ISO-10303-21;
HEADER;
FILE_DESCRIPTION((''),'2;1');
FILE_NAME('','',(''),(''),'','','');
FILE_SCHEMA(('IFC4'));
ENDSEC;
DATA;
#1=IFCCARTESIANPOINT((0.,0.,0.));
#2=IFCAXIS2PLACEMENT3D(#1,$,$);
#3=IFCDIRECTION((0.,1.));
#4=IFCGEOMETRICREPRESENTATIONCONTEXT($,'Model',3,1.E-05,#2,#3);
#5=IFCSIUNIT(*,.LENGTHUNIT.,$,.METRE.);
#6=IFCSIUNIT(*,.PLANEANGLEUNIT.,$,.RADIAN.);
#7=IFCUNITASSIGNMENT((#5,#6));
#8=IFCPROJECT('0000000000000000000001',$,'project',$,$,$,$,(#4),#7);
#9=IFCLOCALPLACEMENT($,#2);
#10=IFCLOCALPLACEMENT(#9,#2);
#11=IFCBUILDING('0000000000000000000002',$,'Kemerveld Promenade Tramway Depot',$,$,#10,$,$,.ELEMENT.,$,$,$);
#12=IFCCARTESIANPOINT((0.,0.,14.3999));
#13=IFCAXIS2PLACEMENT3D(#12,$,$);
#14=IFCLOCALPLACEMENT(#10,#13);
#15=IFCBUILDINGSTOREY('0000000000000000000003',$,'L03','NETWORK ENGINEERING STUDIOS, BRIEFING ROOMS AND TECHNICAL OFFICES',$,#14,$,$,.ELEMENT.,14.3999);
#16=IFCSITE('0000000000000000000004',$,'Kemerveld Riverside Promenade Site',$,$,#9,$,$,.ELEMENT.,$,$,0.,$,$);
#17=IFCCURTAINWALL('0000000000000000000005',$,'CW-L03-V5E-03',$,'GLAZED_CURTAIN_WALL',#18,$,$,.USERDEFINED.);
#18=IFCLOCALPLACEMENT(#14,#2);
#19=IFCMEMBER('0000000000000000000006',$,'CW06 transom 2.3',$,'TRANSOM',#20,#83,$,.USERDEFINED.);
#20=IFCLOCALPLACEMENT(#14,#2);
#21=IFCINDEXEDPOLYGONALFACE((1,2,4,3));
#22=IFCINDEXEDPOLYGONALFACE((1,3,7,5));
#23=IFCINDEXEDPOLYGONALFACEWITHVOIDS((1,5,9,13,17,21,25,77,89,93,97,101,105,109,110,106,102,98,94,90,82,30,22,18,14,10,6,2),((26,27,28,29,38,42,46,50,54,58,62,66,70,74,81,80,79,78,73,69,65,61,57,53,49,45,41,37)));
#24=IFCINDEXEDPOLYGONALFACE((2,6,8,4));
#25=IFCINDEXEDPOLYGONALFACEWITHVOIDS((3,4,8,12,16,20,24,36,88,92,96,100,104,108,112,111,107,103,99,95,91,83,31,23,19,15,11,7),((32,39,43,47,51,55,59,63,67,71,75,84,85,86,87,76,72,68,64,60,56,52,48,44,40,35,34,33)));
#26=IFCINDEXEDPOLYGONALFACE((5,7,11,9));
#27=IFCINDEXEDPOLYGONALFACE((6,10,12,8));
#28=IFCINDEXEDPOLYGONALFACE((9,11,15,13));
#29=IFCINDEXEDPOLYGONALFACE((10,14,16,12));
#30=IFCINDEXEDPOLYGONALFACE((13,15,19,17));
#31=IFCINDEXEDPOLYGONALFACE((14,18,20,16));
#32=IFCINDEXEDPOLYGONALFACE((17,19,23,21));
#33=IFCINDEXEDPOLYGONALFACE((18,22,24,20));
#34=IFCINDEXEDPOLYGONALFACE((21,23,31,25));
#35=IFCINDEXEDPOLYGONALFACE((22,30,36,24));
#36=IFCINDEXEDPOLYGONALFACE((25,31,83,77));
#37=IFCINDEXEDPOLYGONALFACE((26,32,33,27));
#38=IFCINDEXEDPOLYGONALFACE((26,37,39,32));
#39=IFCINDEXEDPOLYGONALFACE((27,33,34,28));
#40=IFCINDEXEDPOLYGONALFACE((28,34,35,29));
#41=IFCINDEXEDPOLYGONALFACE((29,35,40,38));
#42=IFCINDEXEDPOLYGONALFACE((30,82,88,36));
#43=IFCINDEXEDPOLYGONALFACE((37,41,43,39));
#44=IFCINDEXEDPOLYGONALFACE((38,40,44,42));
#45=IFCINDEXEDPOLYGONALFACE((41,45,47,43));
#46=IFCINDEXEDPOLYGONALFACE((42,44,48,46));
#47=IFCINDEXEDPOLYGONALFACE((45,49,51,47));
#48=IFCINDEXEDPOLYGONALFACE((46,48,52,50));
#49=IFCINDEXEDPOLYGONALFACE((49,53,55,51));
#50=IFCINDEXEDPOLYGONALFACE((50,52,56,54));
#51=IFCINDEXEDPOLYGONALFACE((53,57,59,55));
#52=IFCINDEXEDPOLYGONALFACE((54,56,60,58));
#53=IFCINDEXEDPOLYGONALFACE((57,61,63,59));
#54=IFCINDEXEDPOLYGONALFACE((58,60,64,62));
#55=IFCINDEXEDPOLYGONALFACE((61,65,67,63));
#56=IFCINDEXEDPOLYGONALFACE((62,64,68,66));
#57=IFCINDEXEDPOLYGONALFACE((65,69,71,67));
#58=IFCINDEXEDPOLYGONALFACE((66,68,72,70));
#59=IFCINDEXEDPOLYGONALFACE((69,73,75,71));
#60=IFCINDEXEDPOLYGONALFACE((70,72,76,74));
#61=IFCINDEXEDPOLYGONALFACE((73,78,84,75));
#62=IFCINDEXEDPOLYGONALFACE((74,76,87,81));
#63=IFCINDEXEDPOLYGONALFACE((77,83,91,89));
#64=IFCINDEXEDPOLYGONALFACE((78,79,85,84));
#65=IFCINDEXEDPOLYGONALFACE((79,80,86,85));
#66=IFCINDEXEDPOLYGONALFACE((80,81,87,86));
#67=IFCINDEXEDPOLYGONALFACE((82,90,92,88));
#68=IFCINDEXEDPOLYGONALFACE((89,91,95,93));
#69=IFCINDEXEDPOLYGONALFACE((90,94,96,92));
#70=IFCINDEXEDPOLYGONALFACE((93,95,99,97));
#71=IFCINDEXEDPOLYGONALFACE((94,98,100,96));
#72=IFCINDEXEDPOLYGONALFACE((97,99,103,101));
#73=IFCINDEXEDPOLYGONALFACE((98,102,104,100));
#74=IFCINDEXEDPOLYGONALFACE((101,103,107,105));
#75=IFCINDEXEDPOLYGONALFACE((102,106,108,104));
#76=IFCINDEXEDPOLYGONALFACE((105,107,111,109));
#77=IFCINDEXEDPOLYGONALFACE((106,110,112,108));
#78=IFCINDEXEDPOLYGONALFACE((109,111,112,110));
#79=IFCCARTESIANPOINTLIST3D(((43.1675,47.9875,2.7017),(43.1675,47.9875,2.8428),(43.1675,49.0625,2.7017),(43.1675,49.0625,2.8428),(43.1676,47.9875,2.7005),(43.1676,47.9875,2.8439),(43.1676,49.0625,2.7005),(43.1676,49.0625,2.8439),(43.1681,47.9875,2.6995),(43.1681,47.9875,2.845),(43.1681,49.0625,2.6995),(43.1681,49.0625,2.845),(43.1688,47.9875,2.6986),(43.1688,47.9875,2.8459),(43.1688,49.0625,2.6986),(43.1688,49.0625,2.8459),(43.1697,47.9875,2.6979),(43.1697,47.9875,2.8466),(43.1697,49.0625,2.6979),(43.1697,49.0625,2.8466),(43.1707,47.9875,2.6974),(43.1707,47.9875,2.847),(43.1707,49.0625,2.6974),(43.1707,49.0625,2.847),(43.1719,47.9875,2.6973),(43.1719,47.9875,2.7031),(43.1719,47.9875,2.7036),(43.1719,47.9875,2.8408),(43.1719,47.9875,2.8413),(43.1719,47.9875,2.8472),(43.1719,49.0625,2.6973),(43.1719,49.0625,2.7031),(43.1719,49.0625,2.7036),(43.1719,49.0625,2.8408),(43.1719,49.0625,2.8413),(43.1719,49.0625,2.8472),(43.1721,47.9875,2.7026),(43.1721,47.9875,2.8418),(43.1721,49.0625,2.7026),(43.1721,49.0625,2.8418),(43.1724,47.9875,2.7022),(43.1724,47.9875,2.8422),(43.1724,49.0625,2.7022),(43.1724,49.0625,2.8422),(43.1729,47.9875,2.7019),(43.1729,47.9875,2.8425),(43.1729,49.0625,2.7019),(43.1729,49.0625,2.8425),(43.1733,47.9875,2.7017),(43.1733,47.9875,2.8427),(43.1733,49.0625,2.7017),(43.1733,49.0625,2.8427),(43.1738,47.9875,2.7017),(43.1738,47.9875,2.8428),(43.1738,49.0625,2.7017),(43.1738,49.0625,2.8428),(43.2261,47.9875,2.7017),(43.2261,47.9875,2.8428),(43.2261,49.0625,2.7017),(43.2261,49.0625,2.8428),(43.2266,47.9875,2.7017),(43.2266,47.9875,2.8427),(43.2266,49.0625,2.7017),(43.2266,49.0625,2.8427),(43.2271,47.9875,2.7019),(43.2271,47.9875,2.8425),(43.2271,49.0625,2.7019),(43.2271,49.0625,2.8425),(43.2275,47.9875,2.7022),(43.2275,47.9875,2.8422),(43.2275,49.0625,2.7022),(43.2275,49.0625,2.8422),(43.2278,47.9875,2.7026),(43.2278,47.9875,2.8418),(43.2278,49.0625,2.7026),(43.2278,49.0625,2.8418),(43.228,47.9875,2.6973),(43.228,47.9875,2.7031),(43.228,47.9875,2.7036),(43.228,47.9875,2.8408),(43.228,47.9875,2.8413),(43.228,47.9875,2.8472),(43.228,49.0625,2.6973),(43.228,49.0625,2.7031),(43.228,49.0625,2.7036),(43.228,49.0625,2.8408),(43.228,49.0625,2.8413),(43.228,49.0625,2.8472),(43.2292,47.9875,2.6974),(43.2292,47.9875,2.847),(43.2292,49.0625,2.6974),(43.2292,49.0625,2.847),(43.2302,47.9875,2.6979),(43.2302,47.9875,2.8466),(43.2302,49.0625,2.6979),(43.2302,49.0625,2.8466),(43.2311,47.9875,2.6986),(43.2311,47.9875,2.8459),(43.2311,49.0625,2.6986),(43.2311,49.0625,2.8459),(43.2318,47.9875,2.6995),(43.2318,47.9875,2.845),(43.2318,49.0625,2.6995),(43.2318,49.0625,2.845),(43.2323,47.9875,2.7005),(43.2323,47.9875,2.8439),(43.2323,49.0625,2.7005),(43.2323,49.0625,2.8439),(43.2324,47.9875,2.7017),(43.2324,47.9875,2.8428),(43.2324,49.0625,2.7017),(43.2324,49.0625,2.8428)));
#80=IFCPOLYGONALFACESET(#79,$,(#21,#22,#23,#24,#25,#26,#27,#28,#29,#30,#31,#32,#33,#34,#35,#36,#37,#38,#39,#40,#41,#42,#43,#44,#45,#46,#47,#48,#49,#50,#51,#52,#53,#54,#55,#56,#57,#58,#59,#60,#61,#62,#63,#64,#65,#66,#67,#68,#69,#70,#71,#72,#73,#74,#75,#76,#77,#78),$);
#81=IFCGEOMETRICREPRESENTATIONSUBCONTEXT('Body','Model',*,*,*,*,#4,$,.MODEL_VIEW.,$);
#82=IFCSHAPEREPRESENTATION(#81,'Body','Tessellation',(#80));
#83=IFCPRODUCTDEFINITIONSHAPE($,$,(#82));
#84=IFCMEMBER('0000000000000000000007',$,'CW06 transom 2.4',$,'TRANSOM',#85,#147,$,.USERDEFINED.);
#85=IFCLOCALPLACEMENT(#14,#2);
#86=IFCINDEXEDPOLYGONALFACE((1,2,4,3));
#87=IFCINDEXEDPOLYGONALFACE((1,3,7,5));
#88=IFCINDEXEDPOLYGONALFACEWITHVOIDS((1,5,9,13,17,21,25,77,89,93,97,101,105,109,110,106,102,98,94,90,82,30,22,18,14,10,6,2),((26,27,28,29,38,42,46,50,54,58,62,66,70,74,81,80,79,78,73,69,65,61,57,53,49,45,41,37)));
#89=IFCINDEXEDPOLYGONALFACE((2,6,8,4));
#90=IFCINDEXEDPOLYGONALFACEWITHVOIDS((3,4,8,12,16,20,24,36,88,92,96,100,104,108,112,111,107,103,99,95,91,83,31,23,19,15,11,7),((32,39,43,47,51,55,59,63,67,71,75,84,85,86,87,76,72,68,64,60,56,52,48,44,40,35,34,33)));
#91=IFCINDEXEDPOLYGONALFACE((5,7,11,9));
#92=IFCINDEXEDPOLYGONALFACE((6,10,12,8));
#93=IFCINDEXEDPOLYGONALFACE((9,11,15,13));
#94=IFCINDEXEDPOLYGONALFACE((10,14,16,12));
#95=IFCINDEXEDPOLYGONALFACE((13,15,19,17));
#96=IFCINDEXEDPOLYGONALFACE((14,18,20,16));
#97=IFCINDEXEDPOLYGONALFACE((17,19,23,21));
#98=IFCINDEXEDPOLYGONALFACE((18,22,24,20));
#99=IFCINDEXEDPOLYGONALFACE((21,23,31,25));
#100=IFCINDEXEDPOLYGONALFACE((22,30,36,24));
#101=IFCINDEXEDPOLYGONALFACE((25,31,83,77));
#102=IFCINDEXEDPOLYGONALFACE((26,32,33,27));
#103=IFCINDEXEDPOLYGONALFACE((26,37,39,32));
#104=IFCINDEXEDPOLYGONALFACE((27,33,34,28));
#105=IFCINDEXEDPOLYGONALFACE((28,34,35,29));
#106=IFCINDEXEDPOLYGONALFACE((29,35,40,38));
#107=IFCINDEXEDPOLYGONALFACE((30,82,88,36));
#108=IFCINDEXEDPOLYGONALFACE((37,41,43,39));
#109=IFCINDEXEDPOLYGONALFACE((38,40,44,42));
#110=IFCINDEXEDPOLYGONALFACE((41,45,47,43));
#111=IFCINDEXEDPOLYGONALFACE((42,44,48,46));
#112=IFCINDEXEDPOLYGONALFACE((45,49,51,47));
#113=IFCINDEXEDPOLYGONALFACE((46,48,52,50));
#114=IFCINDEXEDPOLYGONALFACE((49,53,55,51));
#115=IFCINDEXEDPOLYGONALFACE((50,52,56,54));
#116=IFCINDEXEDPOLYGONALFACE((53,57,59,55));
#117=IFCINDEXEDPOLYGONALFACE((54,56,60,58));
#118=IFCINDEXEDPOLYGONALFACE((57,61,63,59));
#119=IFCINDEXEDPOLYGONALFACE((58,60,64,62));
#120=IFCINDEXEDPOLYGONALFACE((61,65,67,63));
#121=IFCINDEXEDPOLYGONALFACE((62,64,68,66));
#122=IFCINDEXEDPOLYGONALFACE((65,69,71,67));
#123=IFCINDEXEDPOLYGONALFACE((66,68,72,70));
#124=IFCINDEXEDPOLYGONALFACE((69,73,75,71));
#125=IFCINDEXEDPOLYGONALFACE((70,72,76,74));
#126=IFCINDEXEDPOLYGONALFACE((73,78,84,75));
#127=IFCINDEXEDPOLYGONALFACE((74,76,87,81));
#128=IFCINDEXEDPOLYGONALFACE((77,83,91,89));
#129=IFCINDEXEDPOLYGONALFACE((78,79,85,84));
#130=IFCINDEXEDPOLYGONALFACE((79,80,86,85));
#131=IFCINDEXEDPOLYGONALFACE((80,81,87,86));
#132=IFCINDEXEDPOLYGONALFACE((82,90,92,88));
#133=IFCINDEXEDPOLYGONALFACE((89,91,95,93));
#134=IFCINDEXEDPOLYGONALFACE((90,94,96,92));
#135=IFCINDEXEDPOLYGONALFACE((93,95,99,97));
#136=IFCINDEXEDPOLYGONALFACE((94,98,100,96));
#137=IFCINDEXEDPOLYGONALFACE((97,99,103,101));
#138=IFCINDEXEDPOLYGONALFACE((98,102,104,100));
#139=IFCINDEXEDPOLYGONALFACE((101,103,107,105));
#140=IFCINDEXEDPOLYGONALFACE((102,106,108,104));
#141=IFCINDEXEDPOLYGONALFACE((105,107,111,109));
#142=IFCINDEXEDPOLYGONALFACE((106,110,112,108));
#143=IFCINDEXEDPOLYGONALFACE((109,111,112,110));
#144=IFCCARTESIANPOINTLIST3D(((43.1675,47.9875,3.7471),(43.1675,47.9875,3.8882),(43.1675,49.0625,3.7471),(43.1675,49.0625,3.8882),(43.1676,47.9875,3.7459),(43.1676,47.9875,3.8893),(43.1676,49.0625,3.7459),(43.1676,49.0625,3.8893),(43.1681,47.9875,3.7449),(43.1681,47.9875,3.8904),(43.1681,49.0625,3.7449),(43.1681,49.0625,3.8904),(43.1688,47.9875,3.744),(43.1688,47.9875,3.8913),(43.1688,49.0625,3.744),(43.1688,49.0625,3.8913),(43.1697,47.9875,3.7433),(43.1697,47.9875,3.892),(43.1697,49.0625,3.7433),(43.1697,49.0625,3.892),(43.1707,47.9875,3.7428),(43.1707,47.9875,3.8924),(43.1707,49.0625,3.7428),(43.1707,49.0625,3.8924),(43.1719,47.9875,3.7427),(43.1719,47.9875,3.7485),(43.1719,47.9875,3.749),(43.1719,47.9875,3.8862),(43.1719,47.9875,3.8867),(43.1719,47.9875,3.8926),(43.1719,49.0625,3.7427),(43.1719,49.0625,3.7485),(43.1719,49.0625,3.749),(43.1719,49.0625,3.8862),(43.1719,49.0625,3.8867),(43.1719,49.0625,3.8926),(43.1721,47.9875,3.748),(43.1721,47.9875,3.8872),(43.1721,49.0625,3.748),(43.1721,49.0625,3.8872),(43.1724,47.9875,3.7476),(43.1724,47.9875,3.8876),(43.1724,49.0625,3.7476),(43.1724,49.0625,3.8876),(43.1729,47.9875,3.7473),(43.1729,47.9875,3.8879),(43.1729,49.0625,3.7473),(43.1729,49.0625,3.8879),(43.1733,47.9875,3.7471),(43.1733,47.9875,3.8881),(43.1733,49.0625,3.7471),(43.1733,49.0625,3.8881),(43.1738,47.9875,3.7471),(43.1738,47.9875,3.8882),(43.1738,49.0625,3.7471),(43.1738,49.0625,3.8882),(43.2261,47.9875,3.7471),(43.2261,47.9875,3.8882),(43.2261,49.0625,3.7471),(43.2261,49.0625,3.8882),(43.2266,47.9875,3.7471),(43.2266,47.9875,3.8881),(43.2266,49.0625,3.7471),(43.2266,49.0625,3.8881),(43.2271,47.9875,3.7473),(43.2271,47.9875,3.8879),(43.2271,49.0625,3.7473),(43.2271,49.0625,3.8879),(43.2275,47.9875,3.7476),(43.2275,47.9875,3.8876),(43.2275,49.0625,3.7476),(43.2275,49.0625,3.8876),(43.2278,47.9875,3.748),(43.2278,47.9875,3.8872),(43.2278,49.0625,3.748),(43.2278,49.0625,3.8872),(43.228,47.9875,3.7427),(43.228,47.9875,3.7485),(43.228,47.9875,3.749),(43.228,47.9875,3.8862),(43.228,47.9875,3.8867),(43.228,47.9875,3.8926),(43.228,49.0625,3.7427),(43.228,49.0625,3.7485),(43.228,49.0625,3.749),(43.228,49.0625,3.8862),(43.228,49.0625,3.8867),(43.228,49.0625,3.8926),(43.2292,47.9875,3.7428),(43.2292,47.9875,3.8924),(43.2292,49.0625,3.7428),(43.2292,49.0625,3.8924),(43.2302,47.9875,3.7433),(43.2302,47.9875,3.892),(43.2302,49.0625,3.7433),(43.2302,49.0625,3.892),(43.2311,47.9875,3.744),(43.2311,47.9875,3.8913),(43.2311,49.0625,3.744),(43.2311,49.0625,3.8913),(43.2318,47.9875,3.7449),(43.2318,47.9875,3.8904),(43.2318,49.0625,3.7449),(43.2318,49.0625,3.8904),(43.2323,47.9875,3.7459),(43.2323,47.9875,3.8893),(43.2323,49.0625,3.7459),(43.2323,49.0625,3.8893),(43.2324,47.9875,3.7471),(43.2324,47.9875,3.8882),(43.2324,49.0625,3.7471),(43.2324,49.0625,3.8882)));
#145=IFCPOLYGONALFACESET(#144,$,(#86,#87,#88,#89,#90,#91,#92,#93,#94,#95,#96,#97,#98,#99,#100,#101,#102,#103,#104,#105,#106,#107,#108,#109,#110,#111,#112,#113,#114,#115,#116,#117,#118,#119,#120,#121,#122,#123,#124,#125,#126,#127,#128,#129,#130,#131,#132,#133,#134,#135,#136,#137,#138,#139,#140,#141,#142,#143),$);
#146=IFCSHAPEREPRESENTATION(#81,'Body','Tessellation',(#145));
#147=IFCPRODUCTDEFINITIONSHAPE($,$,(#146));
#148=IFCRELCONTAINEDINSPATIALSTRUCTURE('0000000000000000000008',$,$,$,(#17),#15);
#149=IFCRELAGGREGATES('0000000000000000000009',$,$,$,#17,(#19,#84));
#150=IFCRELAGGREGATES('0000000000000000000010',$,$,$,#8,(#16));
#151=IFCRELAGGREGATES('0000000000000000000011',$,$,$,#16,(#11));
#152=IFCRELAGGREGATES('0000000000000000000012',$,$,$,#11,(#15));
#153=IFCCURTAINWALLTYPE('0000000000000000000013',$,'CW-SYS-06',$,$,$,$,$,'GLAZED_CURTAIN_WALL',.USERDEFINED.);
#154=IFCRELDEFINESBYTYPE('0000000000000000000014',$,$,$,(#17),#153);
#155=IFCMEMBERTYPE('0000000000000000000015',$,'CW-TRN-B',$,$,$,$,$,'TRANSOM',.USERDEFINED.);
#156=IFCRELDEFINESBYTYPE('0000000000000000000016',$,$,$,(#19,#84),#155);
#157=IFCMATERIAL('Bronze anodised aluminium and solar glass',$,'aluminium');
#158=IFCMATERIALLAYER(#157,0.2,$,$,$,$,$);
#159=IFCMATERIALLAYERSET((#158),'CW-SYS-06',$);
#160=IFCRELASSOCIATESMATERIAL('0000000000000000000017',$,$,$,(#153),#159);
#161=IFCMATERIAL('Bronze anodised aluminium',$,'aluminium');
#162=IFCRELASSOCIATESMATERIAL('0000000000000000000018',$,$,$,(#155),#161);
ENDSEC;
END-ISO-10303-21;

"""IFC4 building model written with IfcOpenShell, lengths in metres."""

from ifc_helpers import new_model, si_unit, direction, frame, origin, origin_2d, place, context, subcontext, project, spatial, hollow_rectangle, extrude, material, layer, layer_set, material_profile, profile_set, type_object, element, aggregate, save


model = new_model("IFC4")

# Units and contexts
model_context = context("Model", 3, precision=1e-05, world=origin(), true_north=direction((0.0, 1.0)))
body_context = subcontext(model_context, "Body", "Model", "MODEL_VIEW")
ifc_project = project(units=[si_unit("LENGTHUNIT", "METRE"), si_unit("PLANEANGLEUNIT", "RADIAN")], contexts=[model_context])

# Site, building, storey
site_placement = place(None, origin())
site = spatial("IfcSite", under=ifc_project, at=site_placement, Name="Kemerveld Riverside Promenade Site", CompositionType="ELEMENT", RefElevation=0.0)
building_placement = place(site_placement, origin())
building = spatial("IfcBuilding", under=site, at=building_placement, Name="Kemerveld Promenade Tramway Depot", CompositionType="ELEMENT")
storey_placement = place(building_placement, frame((0.0, 0.0, 14.3999)))
storey = spatial("IfcBuildingStorey", under=building, at=storey_placement, Name="L03", Description="NETWORK ENGINEERING STUDIOS, BRIEFING ROOMS AND TECHNICAL OFFICES", CompositionType="ELEMENT", Elevation=14.3999)

# Curtain wall, members
ifc_material_1 = material(Name="Bronze anodised aluminium and solar glass", Category="aluminium")
ifc_layer_1 = layer(ifc_material_1, 0.2)
ifc_layer_set_1 = layer_set([ifc_layer_1], Name="CW-SYS-06")
curtain_wall_type = type_object("IfcCurtainWallType", Name="CW-SYS-06", ElementType="GLAZED_CURTAIN_WALL", PredefinedType="USERDEFINED", material=ifc_layer_set_1)
curtain_wall_placement = place(storey_placement, origin())
curtain_wall = element("IfcCurtainWall", 1, at=curtain_wall_placement, inside=storey, type_object=curtain_wall_type, Name="CW-L03-V5E-03", ObjectType="GLAZED_CURTAIN_WALL", PredefinedType="USERDEFINED")
ifc_material_2 = material(Name="Bronze anodised aluminium", Category="aluminium")
ifc_material_profile_1 = material_profile(ifc_material_2, hollow_rectangle(XDim=0.0649, YDim=0.1499, WallThickness=0.0044, InnerFilletRadius=0.002, OuterFilletRadius=0.0044, at=origin_2d()), Name="CW-TRN-150x65")
ifc_profile_set_1 = profile_set([ifc_material_profile_1], Name="Bronze anodised aluminium")
member_type_1 = type_object("IfcMemberType", Name="CW-TRN-B", ElementType="TRANSOM", PredefinedType="USERDEFINED", material=ifc_profile_set_1)
member_1_placement = place(storey_placement, frame((43.2, 49.0625, 2.7722), z_axis=(0.0, -1.0, 0.0), x_axis=(1.0, 0.0, 0.0)))
member_1 = element("IfcMember", 2, at=member_1_placement, type_object=member_type_1, Name="CW06 transom 2.3", ObjectType="TRANSOM", PredefinedType="USERDEFINED", context=body_context, shape_type="SweptSolid", body=[
    extrude(hollow_rectangle(XDim=0.0649, YDim=0.1499, WallThickness=0.0044, InnerFilletRadius=0.002, OuterFilletRadius=0.0044, at=origin_2d()), origin(), (0.0, 0.0, 1.0), 1.075),
])
member_2_placement = place(storey_placement, frame((43.2, 49.0625, 3.8176), z_axis=(0.0, -1.0, 0.0), x_axis=(1.0, 0.0, 0.0)))
member_2 = element("IfcMember", 3, at=member_2_placement, type_object=member_type_1, Name="CW06 transom 2.4", ObjectType="TRANSOM", PredefinedType="USERDEFINED", context=body_context, shape_type="SweptSolid", body=[
    extrude(hollow_rectangle(XDim=0.0649, YDim=0.1499, WallThickness=0.0044, InnerFilletRadius=0.002, OuterFilletRadius=0.0044, at=origin_2d()), origin(), (0.0, 0.0, 1.0), 1.075),
])
aggregate(curtain_wall, [member_1, member_2])

save(model, "model.ifc")
